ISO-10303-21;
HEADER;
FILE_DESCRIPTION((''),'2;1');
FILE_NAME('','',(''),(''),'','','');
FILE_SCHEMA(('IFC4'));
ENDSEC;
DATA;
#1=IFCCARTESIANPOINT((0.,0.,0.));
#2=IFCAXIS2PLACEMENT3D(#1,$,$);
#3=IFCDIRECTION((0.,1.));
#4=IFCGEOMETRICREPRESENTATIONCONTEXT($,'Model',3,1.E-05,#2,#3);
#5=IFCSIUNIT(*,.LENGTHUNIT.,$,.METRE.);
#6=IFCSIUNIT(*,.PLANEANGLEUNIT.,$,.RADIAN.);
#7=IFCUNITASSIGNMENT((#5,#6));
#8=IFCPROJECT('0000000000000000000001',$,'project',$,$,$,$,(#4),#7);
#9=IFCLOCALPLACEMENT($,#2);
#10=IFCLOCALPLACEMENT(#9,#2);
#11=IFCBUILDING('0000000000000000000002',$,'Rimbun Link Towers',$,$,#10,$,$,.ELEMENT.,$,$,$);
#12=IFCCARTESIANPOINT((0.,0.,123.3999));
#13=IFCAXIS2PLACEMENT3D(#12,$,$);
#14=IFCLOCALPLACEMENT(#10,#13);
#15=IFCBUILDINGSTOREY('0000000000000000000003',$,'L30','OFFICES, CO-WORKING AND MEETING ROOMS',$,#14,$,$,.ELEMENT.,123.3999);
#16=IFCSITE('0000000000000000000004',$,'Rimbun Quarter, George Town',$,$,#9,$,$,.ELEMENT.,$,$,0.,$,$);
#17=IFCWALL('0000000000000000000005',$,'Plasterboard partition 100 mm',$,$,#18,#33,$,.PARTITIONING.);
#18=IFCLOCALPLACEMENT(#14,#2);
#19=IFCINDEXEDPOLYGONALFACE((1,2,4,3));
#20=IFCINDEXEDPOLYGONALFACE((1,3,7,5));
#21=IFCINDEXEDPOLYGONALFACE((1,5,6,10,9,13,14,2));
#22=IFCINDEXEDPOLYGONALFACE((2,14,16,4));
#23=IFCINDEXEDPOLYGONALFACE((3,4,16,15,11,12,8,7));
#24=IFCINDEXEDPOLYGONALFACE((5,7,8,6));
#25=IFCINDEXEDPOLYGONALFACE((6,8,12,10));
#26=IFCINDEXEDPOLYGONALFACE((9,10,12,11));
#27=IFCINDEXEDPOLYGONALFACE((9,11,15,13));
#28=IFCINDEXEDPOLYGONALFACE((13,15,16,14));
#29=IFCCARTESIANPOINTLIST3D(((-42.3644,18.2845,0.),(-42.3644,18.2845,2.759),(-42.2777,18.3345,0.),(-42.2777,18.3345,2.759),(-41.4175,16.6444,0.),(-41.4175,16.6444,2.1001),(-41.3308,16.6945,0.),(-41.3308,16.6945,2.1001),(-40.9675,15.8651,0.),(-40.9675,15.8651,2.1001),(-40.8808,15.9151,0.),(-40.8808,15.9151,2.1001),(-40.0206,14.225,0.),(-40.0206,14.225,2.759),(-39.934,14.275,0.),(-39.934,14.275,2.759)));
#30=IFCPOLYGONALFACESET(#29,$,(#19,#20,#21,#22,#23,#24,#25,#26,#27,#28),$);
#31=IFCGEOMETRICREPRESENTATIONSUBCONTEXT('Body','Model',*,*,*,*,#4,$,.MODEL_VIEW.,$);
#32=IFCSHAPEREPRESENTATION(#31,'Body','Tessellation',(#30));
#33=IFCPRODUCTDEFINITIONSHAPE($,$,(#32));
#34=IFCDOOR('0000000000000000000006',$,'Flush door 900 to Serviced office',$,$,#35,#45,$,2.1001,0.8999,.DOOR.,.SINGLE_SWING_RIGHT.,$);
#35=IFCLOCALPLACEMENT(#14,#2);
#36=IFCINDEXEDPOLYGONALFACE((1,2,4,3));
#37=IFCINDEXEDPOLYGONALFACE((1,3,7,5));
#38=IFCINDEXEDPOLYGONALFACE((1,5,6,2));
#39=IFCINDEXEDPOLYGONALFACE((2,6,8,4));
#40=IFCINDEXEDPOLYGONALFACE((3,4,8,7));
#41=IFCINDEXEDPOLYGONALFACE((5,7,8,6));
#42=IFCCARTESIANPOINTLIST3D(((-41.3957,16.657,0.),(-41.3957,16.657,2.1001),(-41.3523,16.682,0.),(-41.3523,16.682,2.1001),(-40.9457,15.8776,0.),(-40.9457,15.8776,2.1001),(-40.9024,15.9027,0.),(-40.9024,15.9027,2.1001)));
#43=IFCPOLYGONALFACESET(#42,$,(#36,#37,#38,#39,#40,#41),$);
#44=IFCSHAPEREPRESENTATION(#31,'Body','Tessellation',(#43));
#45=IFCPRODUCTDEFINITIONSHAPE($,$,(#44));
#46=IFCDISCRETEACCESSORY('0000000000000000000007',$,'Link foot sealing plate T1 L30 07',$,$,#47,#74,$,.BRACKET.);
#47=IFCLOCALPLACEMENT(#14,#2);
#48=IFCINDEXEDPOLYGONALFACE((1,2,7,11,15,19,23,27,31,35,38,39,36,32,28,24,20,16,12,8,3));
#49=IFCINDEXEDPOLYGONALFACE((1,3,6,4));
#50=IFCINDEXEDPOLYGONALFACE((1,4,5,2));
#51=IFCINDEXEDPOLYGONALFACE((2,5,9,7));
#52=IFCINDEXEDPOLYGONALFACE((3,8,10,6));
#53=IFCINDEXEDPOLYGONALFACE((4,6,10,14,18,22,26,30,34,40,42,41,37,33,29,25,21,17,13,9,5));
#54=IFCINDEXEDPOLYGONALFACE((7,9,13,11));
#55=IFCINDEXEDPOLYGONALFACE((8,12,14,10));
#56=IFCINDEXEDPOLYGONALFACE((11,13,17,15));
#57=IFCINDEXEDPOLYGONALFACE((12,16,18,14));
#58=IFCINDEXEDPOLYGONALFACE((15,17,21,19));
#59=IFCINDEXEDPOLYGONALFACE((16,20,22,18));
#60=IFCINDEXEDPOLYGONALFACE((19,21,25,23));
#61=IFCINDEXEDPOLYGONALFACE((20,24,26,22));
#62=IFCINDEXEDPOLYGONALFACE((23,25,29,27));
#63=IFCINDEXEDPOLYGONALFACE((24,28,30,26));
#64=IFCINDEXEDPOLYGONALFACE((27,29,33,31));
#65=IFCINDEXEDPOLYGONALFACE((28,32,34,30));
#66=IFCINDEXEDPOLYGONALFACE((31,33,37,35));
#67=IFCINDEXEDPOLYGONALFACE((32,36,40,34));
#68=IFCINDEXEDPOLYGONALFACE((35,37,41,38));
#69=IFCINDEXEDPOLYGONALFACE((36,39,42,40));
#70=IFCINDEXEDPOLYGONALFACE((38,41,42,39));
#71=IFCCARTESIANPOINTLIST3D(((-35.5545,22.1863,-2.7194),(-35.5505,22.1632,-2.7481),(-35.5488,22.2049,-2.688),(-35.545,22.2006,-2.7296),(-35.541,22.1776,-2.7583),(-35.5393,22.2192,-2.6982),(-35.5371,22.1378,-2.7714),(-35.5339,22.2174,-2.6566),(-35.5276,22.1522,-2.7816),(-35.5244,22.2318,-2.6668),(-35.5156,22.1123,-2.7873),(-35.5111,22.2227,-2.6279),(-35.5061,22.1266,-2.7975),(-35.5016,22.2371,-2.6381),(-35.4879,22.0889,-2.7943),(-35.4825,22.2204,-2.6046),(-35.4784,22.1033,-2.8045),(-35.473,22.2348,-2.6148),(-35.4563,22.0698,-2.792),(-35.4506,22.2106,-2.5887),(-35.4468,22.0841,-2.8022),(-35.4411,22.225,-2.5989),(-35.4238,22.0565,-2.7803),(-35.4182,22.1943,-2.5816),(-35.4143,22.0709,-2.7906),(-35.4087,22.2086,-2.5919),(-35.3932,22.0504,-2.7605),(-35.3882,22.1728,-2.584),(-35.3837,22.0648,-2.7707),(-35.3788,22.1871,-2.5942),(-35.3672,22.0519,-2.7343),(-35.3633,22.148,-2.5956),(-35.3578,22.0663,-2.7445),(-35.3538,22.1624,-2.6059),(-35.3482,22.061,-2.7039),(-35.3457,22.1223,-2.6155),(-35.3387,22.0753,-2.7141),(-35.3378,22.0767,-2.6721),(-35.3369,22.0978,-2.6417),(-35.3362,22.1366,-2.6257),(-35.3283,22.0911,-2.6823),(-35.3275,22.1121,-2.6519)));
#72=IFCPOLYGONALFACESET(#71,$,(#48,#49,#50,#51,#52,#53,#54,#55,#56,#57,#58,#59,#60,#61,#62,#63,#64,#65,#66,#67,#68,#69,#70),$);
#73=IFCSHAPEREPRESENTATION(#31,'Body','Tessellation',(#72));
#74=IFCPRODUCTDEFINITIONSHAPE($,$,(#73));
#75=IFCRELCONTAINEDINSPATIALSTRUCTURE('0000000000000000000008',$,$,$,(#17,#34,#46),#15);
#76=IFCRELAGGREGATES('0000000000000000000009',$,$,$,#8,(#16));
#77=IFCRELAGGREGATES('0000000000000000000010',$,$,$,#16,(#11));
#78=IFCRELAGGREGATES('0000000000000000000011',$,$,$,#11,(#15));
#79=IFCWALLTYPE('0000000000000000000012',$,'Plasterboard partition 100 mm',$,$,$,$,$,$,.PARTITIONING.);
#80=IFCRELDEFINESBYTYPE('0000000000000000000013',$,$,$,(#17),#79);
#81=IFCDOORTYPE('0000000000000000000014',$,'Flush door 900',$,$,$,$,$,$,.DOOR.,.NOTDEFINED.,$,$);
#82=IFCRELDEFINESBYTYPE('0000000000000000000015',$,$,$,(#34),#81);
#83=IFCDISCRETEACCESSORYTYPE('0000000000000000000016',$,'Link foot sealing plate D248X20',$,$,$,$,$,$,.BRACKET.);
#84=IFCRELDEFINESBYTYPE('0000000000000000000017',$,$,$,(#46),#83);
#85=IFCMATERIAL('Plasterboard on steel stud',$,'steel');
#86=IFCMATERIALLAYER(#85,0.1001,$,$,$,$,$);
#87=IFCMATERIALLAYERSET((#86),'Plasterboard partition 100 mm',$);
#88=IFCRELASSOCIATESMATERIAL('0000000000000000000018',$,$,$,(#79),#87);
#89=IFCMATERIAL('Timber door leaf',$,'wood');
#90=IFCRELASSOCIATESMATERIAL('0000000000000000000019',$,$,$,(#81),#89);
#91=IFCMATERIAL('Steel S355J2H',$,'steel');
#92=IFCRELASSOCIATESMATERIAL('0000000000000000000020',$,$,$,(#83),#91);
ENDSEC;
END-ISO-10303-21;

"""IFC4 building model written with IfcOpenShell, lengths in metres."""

from ifc_helpers import new_model, si_unit, direction, frame, frame_2d, origin, origin_2d, place, context, subcontext, project, spatial, rectangle, circle, extrude, material, layer, layer_set, material_profile, profile_set, type_object, element, fill, save


model = new_model("IFC4")

# Units and contexts
model_context = context("Model", 3, precision=1e-05, world=origin(), true_north=direction((0.0, 1.0)))
body_context = subcontext(model_context, "Body", "Model", "MODEL_VIEW")
ifc_project = project(units=[si_unit("LENGTHUNIT", "METRE"), si_unit("PLANEANGLEUNIT", "RADIAN")], contexts=[model_context])

# Site, building, storey
site_placement = place(None, origin())
site = spatial("IfcSite", under=ifc_project, at=site_placement, Name="Rimbun Quarter, George Town", CompositionType="ELEMENT", RefElevation=0.0)
building_placement = place(site_placement, origin())
building = spatial("IfcBuilding", under=site, at=building_placement, Name="Rimbun Link Towers", CompositionType="ELEMENT")
storey_placement = place(building_placement, frame((0.0, 0.0, 123.3999)))
storey = spatial("IfcBuildingStorey", under=building, at=storey_placement, Name="L30", Description="OFFICES, CO-WORKING AND MEETING ROOMS", CompositionType="ELEMENT", Elevation=123.3999)

# Shared definitions
ifc_material_1 = material(Name="Plasterboard on steel stud", Category="steel")
ifc_layer_1 = layer(ifc_material_1, 0.1001)
ifc_layer_set_1 = layer_set([ifc_layer_1], Name="Plasterboard partition 100 mm")
wall_type = type_object("IfcWallType", Name="Plasterboard partition 100 mm", PredefinedType="PARTITIONING", material=ifc_layer_set_1)

# Wall, opening, door
wall_1_placement = place(storey_placement, frame((-39.9773, 14.25, 0.0), z_axis=(0.0, 0.0, 1.0), x_axis=(-0.499993, 0.866029, 0.0)))
wall_1 = element("IfcWall", 1, at=wall_1_placement, inside=storey, type_object=wall_type, Name="Plasterboard partition 100 mm", PredefinedType="PARTITIONING", context=body_context, shape_type="SweptSolid", body=[
    extrude(rectangle(XDim=4.6875, YDim=0.1001, at=frame_2d((2.3438, 0.0))), origin(), (0.0, 0.0, 1.0), 2.759),
])
opening_1_placement = place(wall_1_placement, frame((1.8938, 0.0, 0.0)))
opening_1 = element("IfcOpeningElement", 2, at=opening_1_placement, cuts=wall_1, PredefinedType="OPENING", context=body_context, shape_type="SweptSolid", body=[
    extrude(rectangle(XDim=0.8999, YDim=2.1001, at=frame_2d((0.45, 1.05))), frame((0.0, 0.0601, 0.0), z_axis=(0.0, -1.0, 0.0), x_axis=(1.0, 0.0, 0.0)), (0.0, 0.0, 1.0), 0.1201),
])
ifc_material_2 = material(Name="Timber door leaf", Category="wood")
door_type_1 = type_object("IfcDoorType", Name="Flush door 900", OperationType="NOTDEFINED", PredefinedType="DOOR", material=ifc_material_2)
door_1_placement = place(opening_1_placement, origin())
door_1 = element("IfcDoor", 3, at=door_1_placement, inside=storey, type_object=door_type_1, Name="Flush door 900 to Serviced office", OperationType="SINGLE_SWING_RIGHT", OverallHeight=2.1001, OverallWidth=0.8999, PredefinedType="DOOR", context=body_context, shape_type="SweptSolid", body=[
    extrude(rectangle(XDim=0.8999, YDim=2.1001, at=frame_2d((0.45, 1.05))), frame((0.0, 0.0249, 0.0), z_axis=(0.0, -1.0, 0.0), x_axis=(1.0, 0.0, 0.0)), (0.0, 0.0, 1.0), 0.05),
])
fill(opening_1, door_1)

# Discrete accessory
ifc_material_3 = material(Name="Steel S355J2H", Category="steel")
ifc_material_profile_1 = material_profile(ifc_material_3, circle(Radius=0.124, at=origin_2d()), Name="PL D248")
ifc_profile_set_1 = profile_set([ifc_material_profile_1], Name="Steel S355J2H")
discrete_accessory_type = type_object("IfcDiscreteAccessoryType", Name="Link foot sealing plate D248X20", PredefinedType="BRACKET", material=ifc_profile_set_1)
discrete_accessory_placement = place(storey_placement, frame((-35.4453, 22.1365, -2.688), z_axis=(0.474131, 0.717276, -0.510603), x_axis=(-0.834219, 0.551433, 0.0)))
element("IfcDiscreteAccessory", 4, at=discrete_accessory_placement, inside=storey, type_object=discrete_accessory_type, Name="Link foot sealing plate T1 L30 07", PredefinedType="BRACKET", context=body_context, shape_type="SweptSolid", body=[
    extrude(circle(Radius=0.124, at=origin_2d()), origin(), (0.0, 0.0, 1.0), 0.02),
])

save(model, "model.ifc")
